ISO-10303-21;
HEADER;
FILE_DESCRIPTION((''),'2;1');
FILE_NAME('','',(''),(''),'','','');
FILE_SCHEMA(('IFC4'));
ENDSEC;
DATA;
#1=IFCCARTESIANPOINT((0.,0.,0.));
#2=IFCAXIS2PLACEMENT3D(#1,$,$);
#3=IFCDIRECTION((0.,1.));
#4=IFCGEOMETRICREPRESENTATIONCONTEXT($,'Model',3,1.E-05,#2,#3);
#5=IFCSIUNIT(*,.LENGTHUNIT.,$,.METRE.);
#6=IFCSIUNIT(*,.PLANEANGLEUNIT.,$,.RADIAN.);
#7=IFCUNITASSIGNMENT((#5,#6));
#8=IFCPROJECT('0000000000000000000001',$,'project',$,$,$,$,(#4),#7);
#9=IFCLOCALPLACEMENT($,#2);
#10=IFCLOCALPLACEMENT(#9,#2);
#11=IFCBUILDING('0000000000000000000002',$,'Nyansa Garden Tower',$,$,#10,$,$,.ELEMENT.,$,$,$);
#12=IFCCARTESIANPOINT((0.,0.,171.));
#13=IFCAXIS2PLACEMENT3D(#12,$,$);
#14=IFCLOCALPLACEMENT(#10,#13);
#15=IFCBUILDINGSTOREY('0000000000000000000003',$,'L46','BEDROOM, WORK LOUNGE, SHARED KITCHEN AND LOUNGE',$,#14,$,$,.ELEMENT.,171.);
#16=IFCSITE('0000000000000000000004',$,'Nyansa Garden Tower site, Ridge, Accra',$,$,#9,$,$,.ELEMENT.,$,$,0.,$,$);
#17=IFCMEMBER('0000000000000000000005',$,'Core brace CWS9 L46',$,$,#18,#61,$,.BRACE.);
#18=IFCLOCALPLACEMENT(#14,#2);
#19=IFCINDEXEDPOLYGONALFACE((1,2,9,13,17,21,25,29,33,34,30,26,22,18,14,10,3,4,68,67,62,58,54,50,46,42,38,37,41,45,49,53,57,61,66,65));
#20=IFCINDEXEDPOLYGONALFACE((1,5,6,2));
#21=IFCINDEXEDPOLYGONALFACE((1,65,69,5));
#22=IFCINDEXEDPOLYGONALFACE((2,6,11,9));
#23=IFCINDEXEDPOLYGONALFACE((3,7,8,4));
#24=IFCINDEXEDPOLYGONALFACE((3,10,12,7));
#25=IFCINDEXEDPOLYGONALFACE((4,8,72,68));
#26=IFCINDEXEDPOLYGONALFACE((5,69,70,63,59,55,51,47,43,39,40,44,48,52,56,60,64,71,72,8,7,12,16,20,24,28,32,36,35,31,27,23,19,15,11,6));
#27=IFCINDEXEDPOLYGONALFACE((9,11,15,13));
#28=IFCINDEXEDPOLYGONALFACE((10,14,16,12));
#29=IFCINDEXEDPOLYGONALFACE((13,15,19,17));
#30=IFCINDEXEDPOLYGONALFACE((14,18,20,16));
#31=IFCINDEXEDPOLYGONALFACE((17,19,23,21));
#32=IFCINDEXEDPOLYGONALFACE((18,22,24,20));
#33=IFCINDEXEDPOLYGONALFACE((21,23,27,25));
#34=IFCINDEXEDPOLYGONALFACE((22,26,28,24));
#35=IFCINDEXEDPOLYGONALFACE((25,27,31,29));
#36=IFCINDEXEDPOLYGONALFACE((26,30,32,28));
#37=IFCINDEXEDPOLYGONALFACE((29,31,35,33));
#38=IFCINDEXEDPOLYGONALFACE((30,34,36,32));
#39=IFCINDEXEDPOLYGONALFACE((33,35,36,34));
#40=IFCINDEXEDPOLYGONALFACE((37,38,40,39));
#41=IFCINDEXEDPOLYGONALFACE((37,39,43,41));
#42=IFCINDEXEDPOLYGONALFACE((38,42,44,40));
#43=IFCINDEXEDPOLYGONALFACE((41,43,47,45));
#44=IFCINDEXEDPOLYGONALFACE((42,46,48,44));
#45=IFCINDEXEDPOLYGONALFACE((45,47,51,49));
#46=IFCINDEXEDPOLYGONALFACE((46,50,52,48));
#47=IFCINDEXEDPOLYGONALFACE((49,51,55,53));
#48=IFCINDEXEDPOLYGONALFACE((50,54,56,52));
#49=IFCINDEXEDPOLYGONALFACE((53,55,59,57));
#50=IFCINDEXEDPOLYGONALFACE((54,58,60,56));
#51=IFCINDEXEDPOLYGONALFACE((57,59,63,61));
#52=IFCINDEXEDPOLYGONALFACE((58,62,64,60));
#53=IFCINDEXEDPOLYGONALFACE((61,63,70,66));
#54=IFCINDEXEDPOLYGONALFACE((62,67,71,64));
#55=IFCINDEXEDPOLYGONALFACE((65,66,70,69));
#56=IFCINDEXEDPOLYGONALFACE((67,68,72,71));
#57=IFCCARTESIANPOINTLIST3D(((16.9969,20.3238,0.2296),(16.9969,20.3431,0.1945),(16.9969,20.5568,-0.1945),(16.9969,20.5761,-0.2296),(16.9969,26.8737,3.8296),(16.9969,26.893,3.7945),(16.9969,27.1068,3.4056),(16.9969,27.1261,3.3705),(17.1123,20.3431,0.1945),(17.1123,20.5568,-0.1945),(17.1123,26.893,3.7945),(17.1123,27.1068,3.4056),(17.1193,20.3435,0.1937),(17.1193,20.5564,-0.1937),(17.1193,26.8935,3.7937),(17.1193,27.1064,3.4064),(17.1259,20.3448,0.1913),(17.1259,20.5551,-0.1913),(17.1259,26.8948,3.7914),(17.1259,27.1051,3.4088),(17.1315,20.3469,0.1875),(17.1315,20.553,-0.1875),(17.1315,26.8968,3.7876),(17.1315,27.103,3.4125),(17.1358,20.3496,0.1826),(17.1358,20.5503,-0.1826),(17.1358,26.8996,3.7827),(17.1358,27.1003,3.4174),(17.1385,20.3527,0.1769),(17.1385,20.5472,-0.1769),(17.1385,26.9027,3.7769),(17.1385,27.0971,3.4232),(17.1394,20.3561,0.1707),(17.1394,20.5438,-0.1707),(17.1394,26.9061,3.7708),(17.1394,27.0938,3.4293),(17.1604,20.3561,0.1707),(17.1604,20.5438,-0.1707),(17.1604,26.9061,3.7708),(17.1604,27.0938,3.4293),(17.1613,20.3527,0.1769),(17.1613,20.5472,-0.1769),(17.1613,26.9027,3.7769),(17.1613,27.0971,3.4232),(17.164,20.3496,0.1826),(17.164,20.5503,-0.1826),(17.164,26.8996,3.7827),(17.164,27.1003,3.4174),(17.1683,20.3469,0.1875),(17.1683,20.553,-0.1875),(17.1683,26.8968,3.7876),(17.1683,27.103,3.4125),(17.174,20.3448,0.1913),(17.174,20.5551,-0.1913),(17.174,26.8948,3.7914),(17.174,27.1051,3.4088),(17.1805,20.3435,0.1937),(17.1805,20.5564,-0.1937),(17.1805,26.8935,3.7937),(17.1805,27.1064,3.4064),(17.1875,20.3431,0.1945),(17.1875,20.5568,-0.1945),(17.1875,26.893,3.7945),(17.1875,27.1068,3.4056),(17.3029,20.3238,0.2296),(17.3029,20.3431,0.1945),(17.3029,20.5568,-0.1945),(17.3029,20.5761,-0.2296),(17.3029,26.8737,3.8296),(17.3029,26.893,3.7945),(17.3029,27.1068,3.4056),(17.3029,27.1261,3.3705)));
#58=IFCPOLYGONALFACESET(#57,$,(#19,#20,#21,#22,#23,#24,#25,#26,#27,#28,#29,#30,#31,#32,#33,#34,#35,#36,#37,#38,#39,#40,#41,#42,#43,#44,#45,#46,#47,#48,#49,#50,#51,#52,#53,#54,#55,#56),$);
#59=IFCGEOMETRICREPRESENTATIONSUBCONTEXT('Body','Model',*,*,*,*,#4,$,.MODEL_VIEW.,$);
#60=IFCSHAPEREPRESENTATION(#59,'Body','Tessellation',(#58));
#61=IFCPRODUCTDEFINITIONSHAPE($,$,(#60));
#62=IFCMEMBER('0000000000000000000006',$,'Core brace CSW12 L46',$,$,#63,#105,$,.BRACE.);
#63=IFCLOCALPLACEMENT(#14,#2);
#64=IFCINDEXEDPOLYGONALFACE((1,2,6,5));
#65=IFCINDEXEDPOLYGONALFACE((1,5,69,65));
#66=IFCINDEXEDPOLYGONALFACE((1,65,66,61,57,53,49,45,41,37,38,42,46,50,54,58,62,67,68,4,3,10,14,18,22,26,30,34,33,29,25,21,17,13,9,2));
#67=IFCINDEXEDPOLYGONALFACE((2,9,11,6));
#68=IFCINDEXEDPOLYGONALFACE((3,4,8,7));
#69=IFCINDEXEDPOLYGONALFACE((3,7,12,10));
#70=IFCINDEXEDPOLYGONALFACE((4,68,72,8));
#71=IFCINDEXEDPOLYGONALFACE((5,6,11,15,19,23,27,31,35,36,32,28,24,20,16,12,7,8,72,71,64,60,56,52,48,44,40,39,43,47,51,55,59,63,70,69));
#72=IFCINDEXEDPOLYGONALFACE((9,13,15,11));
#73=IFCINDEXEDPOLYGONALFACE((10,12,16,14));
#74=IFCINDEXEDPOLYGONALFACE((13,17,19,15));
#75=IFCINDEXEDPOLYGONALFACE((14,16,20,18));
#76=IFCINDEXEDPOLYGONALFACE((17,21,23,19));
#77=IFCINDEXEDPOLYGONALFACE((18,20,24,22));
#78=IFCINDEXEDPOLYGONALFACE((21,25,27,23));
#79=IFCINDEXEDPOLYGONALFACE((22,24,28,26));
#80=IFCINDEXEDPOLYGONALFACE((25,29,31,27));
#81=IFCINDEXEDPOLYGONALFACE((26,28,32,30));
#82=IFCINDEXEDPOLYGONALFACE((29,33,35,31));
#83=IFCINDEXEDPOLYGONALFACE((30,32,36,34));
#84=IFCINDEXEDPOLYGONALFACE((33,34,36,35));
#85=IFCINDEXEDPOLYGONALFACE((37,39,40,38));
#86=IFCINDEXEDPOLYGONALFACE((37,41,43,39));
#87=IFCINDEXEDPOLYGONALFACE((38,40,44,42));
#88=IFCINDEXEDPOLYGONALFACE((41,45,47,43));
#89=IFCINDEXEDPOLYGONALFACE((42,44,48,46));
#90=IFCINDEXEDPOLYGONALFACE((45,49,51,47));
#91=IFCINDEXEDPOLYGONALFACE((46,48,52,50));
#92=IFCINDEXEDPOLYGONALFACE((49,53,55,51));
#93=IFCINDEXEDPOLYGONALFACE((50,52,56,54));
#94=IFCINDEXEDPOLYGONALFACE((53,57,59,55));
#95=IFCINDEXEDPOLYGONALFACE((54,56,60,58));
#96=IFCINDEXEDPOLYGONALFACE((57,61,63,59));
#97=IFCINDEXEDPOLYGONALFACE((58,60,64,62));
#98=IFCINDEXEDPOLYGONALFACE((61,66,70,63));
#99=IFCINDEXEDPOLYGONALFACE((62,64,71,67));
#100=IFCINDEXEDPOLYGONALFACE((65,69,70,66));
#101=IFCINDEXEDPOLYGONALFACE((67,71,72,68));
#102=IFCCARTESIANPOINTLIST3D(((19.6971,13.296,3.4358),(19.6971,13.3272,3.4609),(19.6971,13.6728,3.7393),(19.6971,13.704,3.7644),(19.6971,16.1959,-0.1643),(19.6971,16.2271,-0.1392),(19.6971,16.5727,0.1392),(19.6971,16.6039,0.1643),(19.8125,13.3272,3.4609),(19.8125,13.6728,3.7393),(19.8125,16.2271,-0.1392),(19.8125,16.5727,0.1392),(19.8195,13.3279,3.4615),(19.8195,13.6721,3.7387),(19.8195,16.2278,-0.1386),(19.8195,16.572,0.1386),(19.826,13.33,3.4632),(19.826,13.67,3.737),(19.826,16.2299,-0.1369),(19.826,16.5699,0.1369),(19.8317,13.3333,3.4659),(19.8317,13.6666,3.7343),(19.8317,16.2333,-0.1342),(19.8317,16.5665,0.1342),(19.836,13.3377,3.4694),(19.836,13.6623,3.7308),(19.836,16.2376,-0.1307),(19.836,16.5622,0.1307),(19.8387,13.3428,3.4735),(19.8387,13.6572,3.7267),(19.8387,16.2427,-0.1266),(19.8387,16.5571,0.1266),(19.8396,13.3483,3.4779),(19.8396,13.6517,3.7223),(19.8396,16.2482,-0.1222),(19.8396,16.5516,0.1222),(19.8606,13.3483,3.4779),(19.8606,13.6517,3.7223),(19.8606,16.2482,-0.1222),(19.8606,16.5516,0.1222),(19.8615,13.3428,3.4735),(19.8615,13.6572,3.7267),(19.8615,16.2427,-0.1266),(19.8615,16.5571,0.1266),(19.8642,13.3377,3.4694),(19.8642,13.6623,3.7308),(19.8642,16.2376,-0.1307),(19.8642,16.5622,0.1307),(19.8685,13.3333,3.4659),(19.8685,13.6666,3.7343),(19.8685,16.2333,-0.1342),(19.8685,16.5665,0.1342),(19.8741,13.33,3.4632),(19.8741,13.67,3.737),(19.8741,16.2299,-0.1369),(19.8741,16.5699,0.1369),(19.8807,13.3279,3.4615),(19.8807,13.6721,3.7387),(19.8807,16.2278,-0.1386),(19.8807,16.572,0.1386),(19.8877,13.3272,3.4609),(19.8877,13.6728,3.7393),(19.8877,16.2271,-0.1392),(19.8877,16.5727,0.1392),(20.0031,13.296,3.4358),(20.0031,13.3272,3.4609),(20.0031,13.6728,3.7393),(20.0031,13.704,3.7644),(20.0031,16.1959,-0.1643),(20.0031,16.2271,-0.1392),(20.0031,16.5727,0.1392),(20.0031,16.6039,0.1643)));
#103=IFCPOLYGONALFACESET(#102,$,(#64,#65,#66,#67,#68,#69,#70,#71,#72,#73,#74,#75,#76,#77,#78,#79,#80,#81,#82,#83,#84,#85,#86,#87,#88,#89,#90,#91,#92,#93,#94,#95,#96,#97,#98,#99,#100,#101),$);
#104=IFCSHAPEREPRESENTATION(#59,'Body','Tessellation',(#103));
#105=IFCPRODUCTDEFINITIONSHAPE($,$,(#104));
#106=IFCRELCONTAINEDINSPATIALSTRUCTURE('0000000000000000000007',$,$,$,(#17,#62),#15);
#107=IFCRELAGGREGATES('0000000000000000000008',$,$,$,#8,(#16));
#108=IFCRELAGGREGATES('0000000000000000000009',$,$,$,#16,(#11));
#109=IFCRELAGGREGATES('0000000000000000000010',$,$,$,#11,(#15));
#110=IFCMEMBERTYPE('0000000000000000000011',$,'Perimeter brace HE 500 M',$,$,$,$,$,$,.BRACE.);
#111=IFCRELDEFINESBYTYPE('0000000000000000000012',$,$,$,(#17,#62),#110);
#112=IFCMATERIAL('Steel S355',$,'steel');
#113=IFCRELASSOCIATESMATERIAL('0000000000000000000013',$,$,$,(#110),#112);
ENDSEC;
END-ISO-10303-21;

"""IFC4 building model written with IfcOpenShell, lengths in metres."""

from ifc_helpers import new_model, si_unit, direction, frame, origin, origin_2d, place, context, subcontext, project, spatial, i_section, extrude, material, material_profile, profile_set, type_object, element, save


model = new_model("IFC4")

# Units and contexts
model_context = context("Model", 3, precision=1e-05, world=origin(), true_north=direction((0.0, 1.0)))
body_context = subcontext(model_context, "Body", "Model", "MODEL_VIEW")
ifc_project = project(units=[si_unit("LENGTHUNIT", "METRE"), si_unit("PLANEANGLEUNIT", "RADIAN")], contexts=[model_context])

# Site, building, storey
site_placement = place(None, origin())
site = spatial("IfcSite", under=ifc_project, at=site_placement, Name="Nyansa Garden Tower site, Ridge, Accra", CompositionType="ELEMENT", RefElevation=0.0)
building_placement = place(site_placement, origin())
building = spatial("IfcBuilding", under=site, at=building_placement, Name="Nyansa Garden Tower", CompositionType="ELEMENT")
storey_placement = place(building_placement, frame((0.0, 0.0, 171.0)))
storey = spatial("IfcBuildingStorey", under=building, at=storey_placement, Name="L46", Description="BEDROOM, WORK LOUNGE, SHARED KITCHEN AND LOUNGE", CompositionType="ELEMENT", Elevation=171.0)

# Members
ifc_material_1 = material(Name="Steel S355", Category="steel")
ifc_material_profile = material_profile(ifc_material_1, i_section(OverallWidth=0.3059, OverallDepth=0.5239, WebThickness=0.021, FlangeThickness=0.04, FilletRadius=0.0271, at=origin_2d()), Name="HE 500 M")
ifc_profile_set = profile_set([ifc_material_profile], Name="Steel S355")
member_type = type_object("IfcMemberType", Name="Perimeter brace HE 500 M", PredefinedType="BRACE", material=ifc_profile_set)
member_1_placement = place(storey_placement, frame((17.1499, 20.45, 0.0), z_axis=(0.0, 0.876353, 0.481669), x_axis=(-1.0, 0.0, 0.0)))
element("IfcMember", 1, at=member_1_placement, inside=storey, type_object=member_type, Name="Core brace CWS9 L46", PredefinedType="BRACE", context=body_context, shape_type="SweptSolid", body=[
    extrude(i_section(OverallWidth=0.3059, OverallDepth=0.5239, WebThickness=0.021, FlangeThickness=0.04, FilletRadius=0.0271, at=origin_2d()), origin(), (0.0, 0.0, 1.0), 7.4741),
])
member_2_placement = place(storey_placement, frame((19.8501, 16.3999, 0.0), z_axis=(0.0, -0.627306, 0.778773), x_axis=(1.0, 0.0, 0.0)))
element("IfcMember", 2, at=member_2_placement, inside=storey, type_object=member_type, Name="Core brace CSW12 L46", PredefinedType="BRACE", context=body_context, shape_type="SweptSolid", body=[
    extrude(i_section(OverallWidth=0.3059, OverallDepth=0.5239, WebThickness=0.021, FlangeThickness=0.04, FilletRadius=0.0271, at=origin_2d()), origin(), (0.0, 0.0, 1.0), 4.6228),
])

save(model, "model.ifc")
